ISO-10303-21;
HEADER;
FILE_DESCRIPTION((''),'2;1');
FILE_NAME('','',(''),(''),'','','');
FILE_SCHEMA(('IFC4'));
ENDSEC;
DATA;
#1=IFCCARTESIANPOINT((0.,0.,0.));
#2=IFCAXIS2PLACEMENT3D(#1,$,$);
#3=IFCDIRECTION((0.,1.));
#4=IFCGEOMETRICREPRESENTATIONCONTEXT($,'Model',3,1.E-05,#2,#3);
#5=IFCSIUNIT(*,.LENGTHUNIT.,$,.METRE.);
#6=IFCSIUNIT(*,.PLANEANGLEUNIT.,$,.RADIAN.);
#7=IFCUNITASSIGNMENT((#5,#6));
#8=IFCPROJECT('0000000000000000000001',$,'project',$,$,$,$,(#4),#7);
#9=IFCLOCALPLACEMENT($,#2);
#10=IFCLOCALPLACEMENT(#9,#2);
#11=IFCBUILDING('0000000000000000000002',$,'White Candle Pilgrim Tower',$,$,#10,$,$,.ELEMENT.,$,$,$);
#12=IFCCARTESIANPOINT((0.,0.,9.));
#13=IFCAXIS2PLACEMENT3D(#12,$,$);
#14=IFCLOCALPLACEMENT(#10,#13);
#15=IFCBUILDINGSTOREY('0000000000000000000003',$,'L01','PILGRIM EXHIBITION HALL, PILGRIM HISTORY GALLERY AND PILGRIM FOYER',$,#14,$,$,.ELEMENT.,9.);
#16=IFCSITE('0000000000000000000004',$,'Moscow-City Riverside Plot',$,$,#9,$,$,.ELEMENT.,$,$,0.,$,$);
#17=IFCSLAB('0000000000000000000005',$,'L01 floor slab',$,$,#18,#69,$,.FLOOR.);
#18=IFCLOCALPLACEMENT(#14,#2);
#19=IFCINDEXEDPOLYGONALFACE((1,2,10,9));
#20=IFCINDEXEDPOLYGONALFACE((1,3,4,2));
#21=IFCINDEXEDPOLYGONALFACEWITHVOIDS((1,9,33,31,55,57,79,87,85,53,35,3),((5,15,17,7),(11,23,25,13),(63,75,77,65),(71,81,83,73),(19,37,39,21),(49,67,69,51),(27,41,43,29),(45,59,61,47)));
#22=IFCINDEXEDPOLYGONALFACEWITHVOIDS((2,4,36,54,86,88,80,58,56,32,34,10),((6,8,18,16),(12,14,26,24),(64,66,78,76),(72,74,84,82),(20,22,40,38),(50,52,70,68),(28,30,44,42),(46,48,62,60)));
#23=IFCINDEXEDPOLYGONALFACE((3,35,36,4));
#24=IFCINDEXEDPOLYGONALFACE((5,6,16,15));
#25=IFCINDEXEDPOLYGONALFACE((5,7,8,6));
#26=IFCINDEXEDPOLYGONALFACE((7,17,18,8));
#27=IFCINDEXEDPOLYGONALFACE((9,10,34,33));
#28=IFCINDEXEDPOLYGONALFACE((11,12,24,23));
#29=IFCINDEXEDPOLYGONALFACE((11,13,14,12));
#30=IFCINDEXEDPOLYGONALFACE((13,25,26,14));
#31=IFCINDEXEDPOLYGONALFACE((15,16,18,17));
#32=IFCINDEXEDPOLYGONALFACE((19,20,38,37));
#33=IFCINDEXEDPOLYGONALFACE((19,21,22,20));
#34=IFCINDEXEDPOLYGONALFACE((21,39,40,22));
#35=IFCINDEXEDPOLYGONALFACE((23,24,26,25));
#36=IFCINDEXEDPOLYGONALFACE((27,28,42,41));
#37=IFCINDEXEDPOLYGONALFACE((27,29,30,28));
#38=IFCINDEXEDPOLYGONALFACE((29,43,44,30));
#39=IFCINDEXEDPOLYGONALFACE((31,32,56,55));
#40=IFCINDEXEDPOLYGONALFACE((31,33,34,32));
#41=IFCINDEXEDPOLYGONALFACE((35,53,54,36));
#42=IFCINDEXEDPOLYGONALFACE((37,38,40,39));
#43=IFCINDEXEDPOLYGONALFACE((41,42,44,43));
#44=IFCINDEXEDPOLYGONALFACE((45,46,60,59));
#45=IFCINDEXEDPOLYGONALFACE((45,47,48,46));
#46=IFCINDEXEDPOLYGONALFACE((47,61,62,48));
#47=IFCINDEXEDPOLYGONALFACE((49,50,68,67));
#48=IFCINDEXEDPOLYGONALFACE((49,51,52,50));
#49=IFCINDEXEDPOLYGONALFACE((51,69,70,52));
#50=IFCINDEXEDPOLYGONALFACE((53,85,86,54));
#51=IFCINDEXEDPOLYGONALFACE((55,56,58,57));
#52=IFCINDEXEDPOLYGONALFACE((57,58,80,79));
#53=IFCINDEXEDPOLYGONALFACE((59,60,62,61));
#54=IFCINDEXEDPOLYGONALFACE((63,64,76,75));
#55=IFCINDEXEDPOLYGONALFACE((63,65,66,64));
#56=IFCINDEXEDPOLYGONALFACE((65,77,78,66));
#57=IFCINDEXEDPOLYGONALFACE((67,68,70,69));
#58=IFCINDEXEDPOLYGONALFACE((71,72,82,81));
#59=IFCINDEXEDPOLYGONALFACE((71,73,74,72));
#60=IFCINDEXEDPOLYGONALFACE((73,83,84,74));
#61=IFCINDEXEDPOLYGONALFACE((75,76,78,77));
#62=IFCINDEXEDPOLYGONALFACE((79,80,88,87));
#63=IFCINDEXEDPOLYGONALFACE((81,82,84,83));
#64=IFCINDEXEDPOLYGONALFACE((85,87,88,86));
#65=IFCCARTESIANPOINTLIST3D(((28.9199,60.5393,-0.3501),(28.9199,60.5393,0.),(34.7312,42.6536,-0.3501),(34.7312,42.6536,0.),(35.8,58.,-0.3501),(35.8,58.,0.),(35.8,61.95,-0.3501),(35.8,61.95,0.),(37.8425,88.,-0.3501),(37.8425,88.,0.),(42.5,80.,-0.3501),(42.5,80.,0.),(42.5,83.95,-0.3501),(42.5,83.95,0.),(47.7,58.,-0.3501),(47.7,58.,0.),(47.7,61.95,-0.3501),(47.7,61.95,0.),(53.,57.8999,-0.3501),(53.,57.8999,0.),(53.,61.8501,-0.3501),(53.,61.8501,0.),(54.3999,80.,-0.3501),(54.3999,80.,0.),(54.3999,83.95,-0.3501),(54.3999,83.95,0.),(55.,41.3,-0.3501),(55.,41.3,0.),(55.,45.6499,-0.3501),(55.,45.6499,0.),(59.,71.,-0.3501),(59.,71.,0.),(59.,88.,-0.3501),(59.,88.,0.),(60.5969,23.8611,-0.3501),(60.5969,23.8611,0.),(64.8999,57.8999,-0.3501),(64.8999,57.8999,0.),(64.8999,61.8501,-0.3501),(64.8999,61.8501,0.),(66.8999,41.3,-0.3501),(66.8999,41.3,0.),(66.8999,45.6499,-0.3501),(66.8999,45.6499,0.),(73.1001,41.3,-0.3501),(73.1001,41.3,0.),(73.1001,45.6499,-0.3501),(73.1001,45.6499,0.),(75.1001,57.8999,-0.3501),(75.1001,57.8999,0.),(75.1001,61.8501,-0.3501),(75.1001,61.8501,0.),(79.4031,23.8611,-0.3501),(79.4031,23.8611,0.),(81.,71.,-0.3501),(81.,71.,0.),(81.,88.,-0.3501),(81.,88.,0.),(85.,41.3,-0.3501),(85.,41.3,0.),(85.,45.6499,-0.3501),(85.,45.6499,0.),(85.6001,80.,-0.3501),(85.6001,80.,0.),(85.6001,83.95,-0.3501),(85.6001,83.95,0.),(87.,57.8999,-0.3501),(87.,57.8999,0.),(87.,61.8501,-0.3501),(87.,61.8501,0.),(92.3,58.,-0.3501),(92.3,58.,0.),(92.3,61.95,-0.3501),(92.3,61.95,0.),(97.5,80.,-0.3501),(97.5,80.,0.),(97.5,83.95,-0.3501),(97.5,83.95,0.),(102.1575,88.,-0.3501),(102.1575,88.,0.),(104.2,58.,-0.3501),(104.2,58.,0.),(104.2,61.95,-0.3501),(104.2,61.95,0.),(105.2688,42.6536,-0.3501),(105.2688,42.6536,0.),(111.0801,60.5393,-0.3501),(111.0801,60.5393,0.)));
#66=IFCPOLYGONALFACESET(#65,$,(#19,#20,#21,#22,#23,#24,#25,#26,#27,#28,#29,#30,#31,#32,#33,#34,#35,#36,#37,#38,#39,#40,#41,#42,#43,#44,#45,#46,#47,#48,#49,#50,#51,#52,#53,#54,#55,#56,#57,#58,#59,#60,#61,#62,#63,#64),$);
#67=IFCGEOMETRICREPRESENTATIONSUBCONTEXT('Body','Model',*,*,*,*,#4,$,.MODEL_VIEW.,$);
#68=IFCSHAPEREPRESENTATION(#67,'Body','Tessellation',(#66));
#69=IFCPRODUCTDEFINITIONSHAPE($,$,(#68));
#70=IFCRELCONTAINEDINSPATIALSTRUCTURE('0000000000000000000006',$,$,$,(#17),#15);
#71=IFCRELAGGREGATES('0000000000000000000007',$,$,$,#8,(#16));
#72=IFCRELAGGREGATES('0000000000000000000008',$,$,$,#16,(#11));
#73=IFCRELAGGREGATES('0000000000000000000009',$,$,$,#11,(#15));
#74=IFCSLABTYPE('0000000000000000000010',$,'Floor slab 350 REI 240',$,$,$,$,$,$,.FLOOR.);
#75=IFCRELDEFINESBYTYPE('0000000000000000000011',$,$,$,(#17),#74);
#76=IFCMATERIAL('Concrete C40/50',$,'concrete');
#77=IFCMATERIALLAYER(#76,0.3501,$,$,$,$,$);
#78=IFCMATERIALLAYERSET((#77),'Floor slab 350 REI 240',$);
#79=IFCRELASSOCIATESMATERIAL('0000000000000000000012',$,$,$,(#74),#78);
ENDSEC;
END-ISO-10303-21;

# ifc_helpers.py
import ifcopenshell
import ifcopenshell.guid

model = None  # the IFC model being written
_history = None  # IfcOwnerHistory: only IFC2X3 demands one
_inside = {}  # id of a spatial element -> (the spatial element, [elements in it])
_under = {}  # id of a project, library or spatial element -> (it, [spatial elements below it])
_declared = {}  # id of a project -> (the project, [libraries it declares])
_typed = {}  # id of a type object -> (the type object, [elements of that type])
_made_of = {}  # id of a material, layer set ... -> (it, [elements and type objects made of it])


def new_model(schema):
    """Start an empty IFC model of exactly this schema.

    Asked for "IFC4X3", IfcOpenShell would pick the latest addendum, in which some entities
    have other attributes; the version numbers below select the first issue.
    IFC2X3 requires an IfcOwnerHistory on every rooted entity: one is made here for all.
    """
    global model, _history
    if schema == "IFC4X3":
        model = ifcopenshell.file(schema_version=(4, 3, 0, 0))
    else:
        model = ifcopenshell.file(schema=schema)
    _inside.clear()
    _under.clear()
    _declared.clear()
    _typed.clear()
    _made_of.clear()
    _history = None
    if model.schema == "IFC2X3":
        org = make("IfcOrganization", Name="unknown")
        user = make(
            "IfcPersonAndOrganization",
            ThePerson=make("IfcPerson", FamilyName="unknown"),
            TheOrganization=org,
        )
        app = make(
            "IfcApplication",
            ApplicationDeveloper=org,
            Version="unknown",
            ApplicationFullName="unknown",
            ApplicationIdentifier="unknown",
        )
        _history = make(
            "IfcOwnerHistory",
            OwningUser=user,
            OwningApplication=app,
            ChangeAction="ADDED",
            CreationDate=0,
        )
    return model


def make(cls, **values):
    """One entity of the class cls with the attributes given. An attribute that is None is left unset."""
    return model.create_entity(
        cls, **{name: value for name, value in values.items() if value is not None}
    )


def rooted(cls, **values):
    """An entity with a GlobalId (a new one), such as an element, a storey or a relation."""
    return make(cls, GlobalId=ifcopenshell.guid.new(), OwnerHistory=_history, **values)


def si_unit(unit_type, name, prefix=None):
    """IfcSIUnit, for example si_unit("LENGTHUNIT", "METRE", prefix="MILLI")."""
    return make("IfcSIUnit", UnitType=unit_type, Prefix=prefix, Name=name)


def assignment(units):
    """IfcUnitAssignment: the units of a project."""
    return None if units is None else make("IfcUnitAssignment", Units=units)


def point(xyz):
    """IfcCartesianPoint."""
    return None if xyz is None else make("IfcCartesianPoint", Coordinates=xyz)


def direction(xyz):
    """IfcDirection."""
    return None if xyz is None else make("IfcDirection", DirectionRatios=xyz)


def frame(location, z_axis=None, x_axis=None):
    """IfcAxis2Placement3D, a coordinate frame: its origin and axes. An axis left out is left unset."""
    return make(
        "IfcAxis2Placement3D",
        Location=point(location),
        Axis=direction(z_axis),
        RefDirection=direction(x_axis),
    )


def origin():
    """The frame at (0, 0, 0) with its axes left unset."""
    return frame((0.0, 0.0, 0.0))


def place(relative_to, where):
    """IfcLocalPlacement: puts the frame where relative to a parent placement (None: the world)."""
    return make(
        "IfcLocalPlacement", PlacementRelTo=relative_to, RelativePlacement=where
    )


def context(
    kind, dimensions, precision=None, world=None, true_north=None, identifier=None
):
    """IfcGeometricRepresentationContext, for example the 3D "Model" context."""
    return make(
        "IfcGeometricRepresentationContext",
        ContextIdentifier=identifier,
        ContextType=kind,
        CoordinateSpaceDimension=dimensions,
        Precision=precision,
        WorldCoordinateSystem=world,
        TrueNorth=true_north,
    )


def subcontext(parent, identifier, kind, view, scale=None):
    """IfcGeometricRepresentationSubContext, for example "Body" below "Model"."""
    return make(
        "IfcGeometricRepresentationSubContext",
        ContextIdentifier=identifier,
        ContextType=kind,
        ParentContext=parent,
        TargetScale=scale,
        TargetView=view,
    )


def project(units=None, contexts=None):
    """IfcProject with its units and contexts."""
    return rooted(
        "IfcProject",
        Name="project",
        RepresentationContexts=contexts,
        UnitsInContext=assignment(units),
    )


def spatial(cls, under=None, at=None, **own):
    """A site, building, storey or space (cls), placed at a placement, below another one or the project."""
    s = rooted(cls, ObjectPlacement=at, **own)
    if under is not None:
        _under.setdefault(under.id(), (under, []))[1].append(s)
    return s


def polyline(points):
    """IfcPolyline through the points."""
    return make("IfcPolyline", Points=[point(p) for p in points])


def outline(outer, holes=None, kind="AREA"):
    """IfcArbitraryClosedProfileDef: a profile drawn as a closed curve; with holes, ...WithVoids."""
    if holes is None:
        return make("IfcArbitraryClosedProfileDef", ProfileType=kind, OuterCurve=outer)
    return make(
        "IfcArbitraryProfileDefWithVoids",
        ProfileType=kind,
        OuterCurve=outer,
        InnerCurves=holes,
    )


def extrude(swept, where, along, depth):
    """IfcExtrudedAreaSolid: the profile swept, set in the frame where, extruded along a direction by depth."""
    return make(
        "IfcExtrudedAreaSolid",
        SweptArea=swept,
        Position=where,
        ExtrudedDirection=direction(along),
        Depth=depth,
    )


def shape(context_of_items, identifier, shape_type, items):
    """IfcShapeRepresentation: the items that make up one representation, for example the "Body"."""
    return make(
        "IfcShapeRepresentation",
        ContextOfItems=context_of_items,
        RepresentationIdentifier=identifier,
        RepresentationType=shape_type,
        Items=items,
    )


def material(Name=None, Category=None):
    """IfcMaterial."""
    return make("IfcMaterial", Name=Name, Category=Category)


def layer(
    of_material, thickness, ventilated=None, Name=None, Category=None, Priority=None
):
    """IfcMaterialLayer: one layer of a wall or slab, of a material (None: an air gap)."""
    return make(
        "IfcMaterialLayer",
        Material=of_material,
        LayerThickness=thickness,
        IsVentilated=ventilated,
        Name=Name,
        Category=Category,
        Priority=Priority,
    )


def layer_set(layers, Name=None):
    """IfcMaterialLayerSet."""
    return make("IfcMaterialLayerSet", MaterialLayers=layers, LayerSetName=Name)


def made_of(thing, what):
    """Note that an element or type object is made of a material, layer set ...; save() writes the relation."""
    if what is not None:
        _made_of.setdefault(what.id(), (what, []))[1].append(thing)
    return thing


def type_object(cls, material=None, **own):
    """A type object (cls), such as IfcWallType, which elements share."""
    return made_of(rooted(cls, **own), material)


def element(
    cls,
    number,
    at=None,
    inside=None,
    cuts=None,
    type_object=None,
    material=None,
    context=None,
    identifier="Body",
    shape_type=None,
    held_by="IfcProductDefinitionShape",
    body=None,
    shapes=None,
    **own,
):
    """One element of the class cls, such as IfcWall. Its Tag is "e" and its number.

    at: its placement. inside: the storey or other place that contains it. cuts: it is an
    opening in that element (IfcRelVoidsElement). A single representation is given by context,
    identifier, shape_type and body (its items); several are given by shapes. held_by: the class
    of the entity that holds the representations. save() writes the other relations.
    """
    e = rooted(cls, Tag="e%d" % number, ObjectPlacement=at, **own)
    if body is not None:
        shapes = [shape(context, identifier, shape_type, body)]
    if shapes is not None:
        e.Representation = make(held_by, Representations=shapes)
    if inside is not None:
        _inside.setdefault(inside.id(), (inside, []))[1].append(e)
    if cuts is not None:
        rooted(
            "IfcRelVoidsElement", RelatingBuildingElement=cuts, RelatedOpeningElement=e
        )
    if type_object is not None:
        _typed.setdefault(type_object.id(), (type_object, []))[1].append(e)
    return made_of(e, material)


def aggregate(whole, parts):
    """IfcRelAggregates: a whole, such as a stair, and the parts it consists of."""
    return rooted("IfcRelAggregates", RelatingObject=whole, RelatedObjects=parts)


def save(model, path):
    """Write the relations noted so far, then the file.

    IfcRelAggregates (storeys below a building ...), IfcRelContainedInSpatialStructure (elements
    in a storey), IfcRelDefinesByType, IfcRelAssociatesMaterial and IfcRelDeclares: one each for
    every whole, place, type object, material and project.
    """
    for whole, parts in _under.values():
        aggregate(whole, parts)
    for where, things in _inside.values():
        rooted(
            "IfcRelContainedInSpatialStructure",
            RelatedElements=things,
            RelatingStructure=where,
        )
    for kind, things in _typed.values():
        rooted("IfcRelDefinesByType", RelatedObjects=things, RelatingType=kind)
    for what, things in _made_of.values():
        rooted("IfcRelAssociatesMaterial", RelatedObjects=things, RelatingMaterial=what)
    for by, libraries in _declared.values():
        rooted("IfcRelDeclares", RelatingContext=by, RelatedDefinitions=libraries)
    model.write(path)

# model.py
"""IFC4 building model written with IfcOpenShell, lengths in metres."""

from ifc_helpers import new_model, si_unit, direction, frame, origin, place, context, subcontext, project, spatial, polyline, outline, extrude, material, layer, layer_set, type_object, element, save


model = new_model("IFC4")

# Units and contexts
model_context = context("Model", 3, precision=1e-05, world=origin(), true_north=direction((0.0, 1.0)))
body_context = subcontext(model_context, "Body", "Model", "MODEL_VIEW")
ifc_project = project(units=[si_unit("LENGTHUNIT", "METRE"), si_unit("PLANEANGLEUNIT", "RADIAN")], contexts=[model_context])

# Site, building, storey
site_placement = place(None, origin())
site = spatial("IfcSite", under=ifc_project, at=site_placement, Name="Moscow-City Riverside Plot", CompositionType="ELEMENT", RefElevation=0.0)
building_placement = place(site_placement, origin())
building = spatial("IfcBuilding", under=site, at=building_placement, Name="White Candle Pilgrim Tower", CompositionType="ELEMENT")
storey_placement = place(building_placement, frame((0.0, 0.0, 9.0)))
storey = spatial("IfcBuildingStorey", under=building, at=storey_placement, Name="L01", Description="PILGRIM EXHIBITION HALL, PILGRIM HISTORY GALLERY AND PILGRIM FOYER", CompositionType="ELEMENT", Elevation=9.0)

# Slab
ifc_material = material(Name="Concrete C40/50", Category="concrete")
ifc_layer_1 = layer(ifc_material, 0.3501)
ifc_layer_set_1 = layer_set([ifc_layer_1], Name="Floor slab 350 REI 240")
slab_type_1 = type_object("IfcSlabType", Name="Floor slab 350 REI 240", PredefinedType="FLOOR", material=ifc_layer_set_1)
slab_1_placement = place(storey_placement, frame((0.0, 0.0, -0.3501)))
element("IfcSlab", 1, at=slab_1_placement, inside=storey, type_object=slab_type_1, Name="L01 floor slab", PredefinedType="FLOOR", context=body_context, shape_type="SweptSolid", body=[
    extrude(outline(polyline([(60.5969, 23.8611), (79.4031, 23.8611), (105.2688, 42.6536), (111.0801, 60.5393), (102.1575, 88.0), (81.0, 88.0), (81.0, 71.0), (59.0, 71.0), (59.0, 88.0), (37.8425, 88.0), (28.9199, 60.5393), (34.7312, 42.6536), (60.5969, 23.8611)]), holes=[polyline([(55.0, 41.3), (55.0, 45.6499), (66.8999, 45.6499), (66.8999, 41.3), (55.0, 41.3)]), polyline([(73.1001, 41.3), (73.1001, 45.6499), (85.0, 45.6499), (85.0, 41.3), (73.1001, 41.3)]), polyline([(53.0, 57.8999), (53.0, 61.8501), (64.8999, 61.8501), (64.8999, 57.8999), (53.0, 57.8999)]), polyline([(75.1001, 57.8999), (75.1001, 61.8501), (87.0, 61.8501), (87.0, 57.8999), (75.1001, 57.8999)]), polyline([(35.8, 58.0), (35.8, 61.95), (47.7, 61.95), (47.7, 58.0), (35.8, 58.0)]), polyline([(92.3, 58.0), (92.3, 61.95), (104.2, 61.95), (104.2, 58.0), (92.3, 58.0)]), polyline([(42.5, 80.0), (42.5, 83.95), (54.3999, 83.95), (54.3999, 80.0), (42.5, 80.0)]), polyline([(85.6001, 80.0), (85.6001, 83.95), (97.5, 83.95), (97.5, 80.0), (85.6001, 80.0)])]), origin(), (0.0, 0.0, 1.0), 0.3501),
])

save(model, "model.ifc")
